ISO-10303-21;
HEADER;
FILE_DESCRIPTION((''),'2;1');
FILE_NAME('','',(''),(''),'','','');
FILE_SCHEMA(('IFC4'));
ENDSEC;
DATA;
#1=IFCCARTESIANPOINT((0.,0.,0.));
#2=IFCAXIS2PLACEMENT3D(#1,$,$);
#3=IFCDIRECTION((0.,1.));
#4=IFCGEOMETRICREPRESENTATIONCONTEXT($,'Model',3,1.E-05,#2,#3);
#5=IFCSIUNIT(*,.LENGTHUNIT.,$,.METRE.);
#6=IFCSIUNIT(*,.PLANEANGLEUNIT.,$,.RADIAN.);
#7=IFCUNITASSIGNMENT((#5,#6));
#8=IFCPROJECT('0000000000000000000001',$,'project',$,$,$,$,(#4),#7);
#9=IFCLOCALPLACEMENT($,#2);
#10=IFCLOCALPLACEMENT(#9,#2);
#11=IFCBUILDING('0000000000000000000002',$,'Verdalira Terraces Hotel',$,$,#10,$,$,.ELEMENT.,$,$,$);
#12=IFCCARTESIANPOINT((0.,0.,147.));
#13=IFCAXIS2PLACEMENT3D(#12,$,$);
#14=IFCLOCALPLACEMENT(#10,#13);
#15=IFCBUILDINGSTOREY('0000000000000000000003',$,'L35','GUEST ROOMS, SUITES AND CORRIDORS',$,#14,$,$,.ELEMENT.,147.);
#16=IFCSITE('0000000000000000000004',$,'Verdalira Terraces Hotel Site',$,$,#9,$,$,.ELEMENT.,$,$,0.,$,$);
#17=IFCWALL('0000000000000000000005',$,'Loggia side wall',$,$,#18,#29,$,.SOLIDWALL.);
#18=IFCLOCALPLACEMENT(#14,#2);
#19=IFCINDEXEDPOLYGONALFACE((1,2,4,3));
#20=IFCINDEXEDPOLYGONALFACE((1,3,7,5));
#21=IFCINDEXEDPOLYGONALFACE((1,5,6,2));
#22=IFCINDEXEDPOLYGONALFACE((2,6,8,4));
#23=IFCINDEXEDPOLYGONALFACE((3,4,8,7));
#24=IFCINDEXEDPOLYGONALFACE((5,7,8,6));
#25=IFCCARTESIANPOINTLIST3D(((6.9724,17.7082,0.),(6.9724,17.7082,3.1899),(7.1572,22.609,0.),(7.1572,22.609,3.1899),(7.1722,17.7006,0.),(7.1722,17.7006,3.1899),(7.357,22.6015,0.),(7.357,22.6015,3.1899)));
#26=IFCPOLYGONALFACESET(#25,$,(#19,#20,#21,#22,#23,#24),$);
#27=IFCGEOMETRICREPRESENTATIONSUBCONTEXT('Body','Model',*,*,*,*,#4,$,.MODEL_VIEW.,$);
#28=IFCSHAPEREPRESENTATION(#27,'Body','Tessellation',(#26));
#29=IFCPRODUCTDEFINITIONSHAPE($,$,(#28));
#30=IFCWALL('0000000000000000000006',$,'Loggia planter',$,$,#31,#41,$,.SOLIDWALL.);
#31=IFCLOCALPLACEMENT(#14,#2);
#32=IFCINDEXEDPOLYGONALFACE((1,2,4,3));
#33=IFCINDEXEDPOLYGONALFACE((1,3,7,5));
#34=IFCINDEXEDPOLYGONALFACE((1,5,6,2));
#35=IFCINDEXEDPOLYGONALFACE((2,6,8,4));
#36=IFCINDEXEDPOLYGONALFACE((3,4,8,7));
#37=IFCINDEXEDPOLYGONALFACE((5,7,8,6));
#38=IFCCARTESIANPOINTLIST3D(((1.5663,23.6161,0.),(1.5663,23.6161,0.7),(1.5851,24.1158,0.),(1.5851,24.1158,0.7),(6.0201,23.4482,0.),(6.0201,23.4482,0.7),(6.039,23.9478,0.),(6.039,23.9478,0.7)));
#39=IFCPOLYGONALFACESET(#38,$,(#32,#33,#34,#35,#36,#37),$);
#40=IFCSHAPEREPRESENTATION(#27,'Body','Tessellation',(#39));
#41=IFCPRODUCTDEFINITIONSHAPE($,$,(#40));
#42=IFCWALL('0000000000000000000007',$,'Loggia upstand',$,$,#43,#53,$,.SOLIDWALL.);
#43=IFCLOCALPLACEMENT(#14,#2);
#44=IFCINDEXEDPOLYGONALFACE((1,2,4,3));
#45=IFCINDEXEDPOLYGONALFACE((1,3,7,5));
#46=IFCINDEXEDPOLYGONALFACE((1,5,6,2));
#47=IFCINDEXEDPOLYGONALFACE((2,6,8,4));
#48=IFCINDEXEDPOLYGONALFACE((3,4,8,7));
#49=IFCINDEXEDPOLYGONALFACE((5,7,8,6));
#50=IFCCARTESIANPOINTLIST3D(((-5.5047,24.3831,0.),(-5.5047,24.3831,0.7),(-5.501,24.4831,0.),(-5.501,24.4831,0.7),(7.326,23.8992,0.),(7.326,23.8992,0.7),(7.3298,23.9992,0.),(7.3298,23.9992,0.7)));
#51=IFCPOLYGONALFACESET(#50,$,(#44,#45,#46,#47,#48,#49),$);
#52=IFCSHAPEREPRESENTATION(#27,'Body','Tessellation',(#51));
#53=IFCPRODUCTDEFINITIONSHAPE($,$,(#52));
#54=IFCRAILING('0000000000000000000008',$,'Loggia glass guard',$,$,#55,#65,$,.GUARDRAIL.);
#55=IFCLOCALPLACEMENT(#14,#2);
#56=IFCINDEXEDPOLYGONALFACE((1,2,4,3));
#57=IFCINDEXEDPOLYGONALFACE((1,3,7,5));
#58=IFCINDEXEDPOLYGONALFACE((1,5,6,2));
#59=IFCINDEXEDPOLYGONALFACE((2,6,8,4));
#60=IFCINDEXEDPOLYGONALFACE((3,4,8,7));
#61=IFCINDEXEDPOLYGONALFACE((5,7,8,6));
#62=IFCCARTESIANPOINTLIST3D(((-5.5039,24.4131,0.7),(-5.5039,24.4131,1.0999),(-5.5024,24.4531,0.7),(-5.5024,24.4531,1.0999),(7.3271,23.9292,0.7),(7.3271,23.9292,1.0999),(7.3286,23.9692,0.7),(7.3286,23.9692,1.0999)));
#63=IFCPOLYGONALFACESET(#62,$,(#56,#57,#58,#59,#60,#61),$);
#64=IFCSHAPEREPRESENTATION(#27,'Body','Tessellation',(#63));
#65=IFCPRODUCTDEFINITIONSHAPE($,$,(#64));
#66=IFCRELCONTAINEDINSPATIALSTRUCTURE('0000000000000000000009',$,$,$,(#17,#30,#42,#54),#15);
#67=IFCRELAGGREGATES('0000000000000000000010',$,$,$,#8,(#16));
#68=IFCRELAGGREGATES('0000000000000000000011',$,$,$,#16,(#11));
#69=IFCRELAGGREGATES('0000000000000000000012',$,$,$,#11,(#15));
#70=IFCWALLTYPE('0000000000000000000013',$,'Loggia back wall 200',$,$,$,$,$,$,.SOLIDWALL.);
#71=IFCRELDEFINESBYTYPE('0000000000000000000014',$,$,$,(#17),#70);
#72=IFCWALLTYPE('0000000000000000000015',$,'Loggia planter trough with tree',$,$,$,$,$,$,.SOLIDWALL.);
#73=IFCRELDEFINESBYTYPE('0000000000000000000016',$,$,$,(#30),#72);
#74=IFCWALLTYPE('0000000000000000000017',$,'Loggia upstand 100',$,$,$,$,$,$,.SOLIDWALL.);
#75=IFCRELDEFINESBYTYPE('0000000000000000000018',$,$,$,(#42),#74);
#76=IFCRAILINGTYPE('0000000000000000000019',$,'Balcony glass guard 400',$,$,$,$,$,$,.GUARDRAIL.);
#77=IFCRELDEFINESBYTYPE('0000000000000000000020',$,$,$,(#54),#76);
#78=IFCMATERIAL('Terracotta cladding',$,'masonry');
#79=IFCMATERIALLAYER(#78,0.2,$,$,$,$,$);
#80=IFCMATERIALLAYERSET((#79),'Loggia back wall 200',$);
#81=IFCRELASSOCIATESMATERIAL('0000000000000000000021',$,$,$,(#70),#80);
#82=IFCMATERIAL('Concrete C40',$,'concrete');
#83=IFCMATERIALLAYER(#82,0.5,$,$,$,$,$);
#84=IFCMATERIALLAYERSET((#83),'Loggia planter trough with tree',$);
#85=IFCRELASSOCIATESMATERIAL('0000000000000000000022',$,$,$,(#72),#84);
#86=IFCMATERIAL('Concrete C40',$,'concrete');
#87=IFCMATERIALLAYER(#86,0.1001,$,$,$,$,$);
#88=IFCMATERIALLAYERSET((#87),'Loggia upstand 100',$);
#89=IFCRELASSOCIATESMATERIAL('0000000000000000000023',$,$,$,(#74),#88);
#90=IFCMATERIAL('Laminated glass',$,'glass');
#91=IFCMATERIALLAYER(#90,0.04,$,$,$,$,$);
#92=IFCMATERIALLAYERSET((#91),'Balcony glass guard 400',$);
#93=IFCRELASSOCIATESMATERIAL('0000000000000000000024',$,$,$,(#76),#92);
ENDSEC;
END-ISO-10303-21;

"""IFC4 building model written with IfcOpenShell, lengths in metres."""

from ifc_helpers import new_model, si_unit, direction, frame, frame_2d, origin, origin_2d, place, context, subcontext, project, spatial, rectangle, extrude, material, layer, layer_set, type_object, element, save


model = new_model("IFC4")

# Units and contexts
model_context = context("Model", 3, precision=1e-05, world=origin(), true_north=direction((0.0, 1.0)))
body_context = subcontext(model_context, "Body", "Model", "MODEL_VIEW")
ifc_project = project(units=[si_unit("LENGTHUNIT", "METRE"), si_unit("PLANEANGLEUNIT", "RADIAN")], contexts=[model_context])

# Site, building, storey
site_placement = place(None, origin())
site = spatial("IfcSite", under=ifc_project, at=site_placement, Name="Verdalira Terraces Hotel Site", CompositionType="ELEMENT", RefElevation=0.0)
building_placement = place(site_placement, origin())
building = spatial("IfcBuilding", under=site, at=building_placement, Name="Verdalira Terraces Hotel", CompositionType="ELEMENT")
storey_placement = place(building_placement, frame((0.0, 0.0, 147.0)))
storey = spatial("IfcBuildingStorey", under=building, at=storey_placement, Name="L35", Description="GUEST ROOMS, SUITES AND CORRIDORS", CompositionType="ELEMENT", Elevation=147.0)

# Walls
ifc_material_1 = material(Name="Terracotta cladding", Category="masonry")
ifc_layer_1 = layer(ifc_material_1, 0.2)
ifc_layer_set_1 = layer_set([ifc_layer_1], Name="Loggia back wall 200")
wall_type_1 = type_object("IfcWallType", Name="Loggia back wall 200", PredefinedType="SOLIDWALL", material=ifc_layer_set_1)
wall_1_placement = place(storey_placement, frame((7.2571, 22.6052, 0.0), z_axis=(0.0, 0.0, 1.0), x_axis=(-0.037684, -0.99929, 0.0)))
element("IfcWall", 1, at=wall_1_placement, inside=storey, type_object=wall_type_1, Name="Loggia side wall", PredefinedType="SOLIDWALL", context=body_context, shape_type="SweptSolid", body=[
    extrude(rectangle(XDim=4.9043, YDim=0.2, at=frame_2d((2.4521, 0.0))), origin(), (0.0, 0.0, 1.0), 3.1899),
])
ifc_material_2 = material(Name="Concrete C40", Category="concrete")
ifc_layer_2 = layer(ifc_material_2, 0.5)
ifc_layer_set_2 = layer_set([ifc_layer_2], Name="Loggia planter trough with tree")
wall_type_2 = type_object("IfcWallType", Name="Loggia planter trough with tree", PredefinedType="SOLIDWALL", material=ifc_layer_set_2)
wall_2_placement = place(storey_placement, frame((6.0295, 23.698, 0.0), z_axis=(0.0, 0.0, 1.0), x_axis=(-0.99929, 0.037686, 0.0)))
element("IfcWall", 2, at=wall_2_placement, inside=storey, type_object=wall_type_2, Name="Loggia planter", PredefinedType="SOLIDWALL", context=body_context, shape_type="SweptSolid", body=[
    extrude(rectangle(XDim=4.457, YDim=0.5, at=frame_2d((2.2285, 0.0))), origin(), (0.0, 0.0, 1.0), 0.7),
])
ifc_material_3 = material(Name="Concrete C40", Category="concrete")
ifc_layer_3 = layer(ifc_material_3, 0.1001)
ifc_layer_set_3 = layer_set([ifc_layer_3], Name="Loggia upstand 100")
wall_type_3 = type_object("IfcWallType", Name="Loggia upstand 100", PredefinedType="SOLIDWALL", material=ifc_layer_set_3)
wall_3_placement = place(storey_placement, frame((7.3279, 23.9492, 0.0), z_axis=(0.0, 0.0, 1.0), x_axis=(-0.99929, 0.037686, 0.0)))
element("IfcWall", 3, at=wall_3_placement, inside=storey, type_object=wall_type_3, Name="Loggia upstand", PredefinedType="SOLIDWALL", context=body_context, shape_type="SweptSolid", body=[
    extrude(rectangle(XDim=12.8398, YDim=0.1001, at=frame_2d((6.4199, 0.0))), origin(), (0.0, 0.0, 1.0), 0.7),
])

# Railing
ifc_material_4 = material(Name="Laminated glass", Category="glass")
ifc_layer_4 = layer(ifc_material_4, 0.04)
ifc_layer_set_4 = layer_set([ifc_layer_4], Name="Balcony glass guard 400")
railing_type = type_object("IfcRailingType", Name="Balcony glass guard 400", PredefinedType="GUARDRAIL", material=ifc_layer_set_4)
railing_placement = place(storey_placement, frame((0.9124, 24.1912, 0.7), z_axis=(0.0, 0.0, 1.0), x_axis=(-0.999289, 0.03769, 0.0)))
element("IfcRailing", 4, at=railing_placement, inside=storey, type_object=railing_type, Name="Loggia glass guard", PredefinedType="GUARDRAIL", context=body_context, shape_type="SweptSolid", body=[
    extrude(rectangle(XDim=12.8401, YDim=0.04, at=origin_2d()), origin(), (0.0, 0.0, 1.0), 0.3999),
])

save(model, "model.ifc")
